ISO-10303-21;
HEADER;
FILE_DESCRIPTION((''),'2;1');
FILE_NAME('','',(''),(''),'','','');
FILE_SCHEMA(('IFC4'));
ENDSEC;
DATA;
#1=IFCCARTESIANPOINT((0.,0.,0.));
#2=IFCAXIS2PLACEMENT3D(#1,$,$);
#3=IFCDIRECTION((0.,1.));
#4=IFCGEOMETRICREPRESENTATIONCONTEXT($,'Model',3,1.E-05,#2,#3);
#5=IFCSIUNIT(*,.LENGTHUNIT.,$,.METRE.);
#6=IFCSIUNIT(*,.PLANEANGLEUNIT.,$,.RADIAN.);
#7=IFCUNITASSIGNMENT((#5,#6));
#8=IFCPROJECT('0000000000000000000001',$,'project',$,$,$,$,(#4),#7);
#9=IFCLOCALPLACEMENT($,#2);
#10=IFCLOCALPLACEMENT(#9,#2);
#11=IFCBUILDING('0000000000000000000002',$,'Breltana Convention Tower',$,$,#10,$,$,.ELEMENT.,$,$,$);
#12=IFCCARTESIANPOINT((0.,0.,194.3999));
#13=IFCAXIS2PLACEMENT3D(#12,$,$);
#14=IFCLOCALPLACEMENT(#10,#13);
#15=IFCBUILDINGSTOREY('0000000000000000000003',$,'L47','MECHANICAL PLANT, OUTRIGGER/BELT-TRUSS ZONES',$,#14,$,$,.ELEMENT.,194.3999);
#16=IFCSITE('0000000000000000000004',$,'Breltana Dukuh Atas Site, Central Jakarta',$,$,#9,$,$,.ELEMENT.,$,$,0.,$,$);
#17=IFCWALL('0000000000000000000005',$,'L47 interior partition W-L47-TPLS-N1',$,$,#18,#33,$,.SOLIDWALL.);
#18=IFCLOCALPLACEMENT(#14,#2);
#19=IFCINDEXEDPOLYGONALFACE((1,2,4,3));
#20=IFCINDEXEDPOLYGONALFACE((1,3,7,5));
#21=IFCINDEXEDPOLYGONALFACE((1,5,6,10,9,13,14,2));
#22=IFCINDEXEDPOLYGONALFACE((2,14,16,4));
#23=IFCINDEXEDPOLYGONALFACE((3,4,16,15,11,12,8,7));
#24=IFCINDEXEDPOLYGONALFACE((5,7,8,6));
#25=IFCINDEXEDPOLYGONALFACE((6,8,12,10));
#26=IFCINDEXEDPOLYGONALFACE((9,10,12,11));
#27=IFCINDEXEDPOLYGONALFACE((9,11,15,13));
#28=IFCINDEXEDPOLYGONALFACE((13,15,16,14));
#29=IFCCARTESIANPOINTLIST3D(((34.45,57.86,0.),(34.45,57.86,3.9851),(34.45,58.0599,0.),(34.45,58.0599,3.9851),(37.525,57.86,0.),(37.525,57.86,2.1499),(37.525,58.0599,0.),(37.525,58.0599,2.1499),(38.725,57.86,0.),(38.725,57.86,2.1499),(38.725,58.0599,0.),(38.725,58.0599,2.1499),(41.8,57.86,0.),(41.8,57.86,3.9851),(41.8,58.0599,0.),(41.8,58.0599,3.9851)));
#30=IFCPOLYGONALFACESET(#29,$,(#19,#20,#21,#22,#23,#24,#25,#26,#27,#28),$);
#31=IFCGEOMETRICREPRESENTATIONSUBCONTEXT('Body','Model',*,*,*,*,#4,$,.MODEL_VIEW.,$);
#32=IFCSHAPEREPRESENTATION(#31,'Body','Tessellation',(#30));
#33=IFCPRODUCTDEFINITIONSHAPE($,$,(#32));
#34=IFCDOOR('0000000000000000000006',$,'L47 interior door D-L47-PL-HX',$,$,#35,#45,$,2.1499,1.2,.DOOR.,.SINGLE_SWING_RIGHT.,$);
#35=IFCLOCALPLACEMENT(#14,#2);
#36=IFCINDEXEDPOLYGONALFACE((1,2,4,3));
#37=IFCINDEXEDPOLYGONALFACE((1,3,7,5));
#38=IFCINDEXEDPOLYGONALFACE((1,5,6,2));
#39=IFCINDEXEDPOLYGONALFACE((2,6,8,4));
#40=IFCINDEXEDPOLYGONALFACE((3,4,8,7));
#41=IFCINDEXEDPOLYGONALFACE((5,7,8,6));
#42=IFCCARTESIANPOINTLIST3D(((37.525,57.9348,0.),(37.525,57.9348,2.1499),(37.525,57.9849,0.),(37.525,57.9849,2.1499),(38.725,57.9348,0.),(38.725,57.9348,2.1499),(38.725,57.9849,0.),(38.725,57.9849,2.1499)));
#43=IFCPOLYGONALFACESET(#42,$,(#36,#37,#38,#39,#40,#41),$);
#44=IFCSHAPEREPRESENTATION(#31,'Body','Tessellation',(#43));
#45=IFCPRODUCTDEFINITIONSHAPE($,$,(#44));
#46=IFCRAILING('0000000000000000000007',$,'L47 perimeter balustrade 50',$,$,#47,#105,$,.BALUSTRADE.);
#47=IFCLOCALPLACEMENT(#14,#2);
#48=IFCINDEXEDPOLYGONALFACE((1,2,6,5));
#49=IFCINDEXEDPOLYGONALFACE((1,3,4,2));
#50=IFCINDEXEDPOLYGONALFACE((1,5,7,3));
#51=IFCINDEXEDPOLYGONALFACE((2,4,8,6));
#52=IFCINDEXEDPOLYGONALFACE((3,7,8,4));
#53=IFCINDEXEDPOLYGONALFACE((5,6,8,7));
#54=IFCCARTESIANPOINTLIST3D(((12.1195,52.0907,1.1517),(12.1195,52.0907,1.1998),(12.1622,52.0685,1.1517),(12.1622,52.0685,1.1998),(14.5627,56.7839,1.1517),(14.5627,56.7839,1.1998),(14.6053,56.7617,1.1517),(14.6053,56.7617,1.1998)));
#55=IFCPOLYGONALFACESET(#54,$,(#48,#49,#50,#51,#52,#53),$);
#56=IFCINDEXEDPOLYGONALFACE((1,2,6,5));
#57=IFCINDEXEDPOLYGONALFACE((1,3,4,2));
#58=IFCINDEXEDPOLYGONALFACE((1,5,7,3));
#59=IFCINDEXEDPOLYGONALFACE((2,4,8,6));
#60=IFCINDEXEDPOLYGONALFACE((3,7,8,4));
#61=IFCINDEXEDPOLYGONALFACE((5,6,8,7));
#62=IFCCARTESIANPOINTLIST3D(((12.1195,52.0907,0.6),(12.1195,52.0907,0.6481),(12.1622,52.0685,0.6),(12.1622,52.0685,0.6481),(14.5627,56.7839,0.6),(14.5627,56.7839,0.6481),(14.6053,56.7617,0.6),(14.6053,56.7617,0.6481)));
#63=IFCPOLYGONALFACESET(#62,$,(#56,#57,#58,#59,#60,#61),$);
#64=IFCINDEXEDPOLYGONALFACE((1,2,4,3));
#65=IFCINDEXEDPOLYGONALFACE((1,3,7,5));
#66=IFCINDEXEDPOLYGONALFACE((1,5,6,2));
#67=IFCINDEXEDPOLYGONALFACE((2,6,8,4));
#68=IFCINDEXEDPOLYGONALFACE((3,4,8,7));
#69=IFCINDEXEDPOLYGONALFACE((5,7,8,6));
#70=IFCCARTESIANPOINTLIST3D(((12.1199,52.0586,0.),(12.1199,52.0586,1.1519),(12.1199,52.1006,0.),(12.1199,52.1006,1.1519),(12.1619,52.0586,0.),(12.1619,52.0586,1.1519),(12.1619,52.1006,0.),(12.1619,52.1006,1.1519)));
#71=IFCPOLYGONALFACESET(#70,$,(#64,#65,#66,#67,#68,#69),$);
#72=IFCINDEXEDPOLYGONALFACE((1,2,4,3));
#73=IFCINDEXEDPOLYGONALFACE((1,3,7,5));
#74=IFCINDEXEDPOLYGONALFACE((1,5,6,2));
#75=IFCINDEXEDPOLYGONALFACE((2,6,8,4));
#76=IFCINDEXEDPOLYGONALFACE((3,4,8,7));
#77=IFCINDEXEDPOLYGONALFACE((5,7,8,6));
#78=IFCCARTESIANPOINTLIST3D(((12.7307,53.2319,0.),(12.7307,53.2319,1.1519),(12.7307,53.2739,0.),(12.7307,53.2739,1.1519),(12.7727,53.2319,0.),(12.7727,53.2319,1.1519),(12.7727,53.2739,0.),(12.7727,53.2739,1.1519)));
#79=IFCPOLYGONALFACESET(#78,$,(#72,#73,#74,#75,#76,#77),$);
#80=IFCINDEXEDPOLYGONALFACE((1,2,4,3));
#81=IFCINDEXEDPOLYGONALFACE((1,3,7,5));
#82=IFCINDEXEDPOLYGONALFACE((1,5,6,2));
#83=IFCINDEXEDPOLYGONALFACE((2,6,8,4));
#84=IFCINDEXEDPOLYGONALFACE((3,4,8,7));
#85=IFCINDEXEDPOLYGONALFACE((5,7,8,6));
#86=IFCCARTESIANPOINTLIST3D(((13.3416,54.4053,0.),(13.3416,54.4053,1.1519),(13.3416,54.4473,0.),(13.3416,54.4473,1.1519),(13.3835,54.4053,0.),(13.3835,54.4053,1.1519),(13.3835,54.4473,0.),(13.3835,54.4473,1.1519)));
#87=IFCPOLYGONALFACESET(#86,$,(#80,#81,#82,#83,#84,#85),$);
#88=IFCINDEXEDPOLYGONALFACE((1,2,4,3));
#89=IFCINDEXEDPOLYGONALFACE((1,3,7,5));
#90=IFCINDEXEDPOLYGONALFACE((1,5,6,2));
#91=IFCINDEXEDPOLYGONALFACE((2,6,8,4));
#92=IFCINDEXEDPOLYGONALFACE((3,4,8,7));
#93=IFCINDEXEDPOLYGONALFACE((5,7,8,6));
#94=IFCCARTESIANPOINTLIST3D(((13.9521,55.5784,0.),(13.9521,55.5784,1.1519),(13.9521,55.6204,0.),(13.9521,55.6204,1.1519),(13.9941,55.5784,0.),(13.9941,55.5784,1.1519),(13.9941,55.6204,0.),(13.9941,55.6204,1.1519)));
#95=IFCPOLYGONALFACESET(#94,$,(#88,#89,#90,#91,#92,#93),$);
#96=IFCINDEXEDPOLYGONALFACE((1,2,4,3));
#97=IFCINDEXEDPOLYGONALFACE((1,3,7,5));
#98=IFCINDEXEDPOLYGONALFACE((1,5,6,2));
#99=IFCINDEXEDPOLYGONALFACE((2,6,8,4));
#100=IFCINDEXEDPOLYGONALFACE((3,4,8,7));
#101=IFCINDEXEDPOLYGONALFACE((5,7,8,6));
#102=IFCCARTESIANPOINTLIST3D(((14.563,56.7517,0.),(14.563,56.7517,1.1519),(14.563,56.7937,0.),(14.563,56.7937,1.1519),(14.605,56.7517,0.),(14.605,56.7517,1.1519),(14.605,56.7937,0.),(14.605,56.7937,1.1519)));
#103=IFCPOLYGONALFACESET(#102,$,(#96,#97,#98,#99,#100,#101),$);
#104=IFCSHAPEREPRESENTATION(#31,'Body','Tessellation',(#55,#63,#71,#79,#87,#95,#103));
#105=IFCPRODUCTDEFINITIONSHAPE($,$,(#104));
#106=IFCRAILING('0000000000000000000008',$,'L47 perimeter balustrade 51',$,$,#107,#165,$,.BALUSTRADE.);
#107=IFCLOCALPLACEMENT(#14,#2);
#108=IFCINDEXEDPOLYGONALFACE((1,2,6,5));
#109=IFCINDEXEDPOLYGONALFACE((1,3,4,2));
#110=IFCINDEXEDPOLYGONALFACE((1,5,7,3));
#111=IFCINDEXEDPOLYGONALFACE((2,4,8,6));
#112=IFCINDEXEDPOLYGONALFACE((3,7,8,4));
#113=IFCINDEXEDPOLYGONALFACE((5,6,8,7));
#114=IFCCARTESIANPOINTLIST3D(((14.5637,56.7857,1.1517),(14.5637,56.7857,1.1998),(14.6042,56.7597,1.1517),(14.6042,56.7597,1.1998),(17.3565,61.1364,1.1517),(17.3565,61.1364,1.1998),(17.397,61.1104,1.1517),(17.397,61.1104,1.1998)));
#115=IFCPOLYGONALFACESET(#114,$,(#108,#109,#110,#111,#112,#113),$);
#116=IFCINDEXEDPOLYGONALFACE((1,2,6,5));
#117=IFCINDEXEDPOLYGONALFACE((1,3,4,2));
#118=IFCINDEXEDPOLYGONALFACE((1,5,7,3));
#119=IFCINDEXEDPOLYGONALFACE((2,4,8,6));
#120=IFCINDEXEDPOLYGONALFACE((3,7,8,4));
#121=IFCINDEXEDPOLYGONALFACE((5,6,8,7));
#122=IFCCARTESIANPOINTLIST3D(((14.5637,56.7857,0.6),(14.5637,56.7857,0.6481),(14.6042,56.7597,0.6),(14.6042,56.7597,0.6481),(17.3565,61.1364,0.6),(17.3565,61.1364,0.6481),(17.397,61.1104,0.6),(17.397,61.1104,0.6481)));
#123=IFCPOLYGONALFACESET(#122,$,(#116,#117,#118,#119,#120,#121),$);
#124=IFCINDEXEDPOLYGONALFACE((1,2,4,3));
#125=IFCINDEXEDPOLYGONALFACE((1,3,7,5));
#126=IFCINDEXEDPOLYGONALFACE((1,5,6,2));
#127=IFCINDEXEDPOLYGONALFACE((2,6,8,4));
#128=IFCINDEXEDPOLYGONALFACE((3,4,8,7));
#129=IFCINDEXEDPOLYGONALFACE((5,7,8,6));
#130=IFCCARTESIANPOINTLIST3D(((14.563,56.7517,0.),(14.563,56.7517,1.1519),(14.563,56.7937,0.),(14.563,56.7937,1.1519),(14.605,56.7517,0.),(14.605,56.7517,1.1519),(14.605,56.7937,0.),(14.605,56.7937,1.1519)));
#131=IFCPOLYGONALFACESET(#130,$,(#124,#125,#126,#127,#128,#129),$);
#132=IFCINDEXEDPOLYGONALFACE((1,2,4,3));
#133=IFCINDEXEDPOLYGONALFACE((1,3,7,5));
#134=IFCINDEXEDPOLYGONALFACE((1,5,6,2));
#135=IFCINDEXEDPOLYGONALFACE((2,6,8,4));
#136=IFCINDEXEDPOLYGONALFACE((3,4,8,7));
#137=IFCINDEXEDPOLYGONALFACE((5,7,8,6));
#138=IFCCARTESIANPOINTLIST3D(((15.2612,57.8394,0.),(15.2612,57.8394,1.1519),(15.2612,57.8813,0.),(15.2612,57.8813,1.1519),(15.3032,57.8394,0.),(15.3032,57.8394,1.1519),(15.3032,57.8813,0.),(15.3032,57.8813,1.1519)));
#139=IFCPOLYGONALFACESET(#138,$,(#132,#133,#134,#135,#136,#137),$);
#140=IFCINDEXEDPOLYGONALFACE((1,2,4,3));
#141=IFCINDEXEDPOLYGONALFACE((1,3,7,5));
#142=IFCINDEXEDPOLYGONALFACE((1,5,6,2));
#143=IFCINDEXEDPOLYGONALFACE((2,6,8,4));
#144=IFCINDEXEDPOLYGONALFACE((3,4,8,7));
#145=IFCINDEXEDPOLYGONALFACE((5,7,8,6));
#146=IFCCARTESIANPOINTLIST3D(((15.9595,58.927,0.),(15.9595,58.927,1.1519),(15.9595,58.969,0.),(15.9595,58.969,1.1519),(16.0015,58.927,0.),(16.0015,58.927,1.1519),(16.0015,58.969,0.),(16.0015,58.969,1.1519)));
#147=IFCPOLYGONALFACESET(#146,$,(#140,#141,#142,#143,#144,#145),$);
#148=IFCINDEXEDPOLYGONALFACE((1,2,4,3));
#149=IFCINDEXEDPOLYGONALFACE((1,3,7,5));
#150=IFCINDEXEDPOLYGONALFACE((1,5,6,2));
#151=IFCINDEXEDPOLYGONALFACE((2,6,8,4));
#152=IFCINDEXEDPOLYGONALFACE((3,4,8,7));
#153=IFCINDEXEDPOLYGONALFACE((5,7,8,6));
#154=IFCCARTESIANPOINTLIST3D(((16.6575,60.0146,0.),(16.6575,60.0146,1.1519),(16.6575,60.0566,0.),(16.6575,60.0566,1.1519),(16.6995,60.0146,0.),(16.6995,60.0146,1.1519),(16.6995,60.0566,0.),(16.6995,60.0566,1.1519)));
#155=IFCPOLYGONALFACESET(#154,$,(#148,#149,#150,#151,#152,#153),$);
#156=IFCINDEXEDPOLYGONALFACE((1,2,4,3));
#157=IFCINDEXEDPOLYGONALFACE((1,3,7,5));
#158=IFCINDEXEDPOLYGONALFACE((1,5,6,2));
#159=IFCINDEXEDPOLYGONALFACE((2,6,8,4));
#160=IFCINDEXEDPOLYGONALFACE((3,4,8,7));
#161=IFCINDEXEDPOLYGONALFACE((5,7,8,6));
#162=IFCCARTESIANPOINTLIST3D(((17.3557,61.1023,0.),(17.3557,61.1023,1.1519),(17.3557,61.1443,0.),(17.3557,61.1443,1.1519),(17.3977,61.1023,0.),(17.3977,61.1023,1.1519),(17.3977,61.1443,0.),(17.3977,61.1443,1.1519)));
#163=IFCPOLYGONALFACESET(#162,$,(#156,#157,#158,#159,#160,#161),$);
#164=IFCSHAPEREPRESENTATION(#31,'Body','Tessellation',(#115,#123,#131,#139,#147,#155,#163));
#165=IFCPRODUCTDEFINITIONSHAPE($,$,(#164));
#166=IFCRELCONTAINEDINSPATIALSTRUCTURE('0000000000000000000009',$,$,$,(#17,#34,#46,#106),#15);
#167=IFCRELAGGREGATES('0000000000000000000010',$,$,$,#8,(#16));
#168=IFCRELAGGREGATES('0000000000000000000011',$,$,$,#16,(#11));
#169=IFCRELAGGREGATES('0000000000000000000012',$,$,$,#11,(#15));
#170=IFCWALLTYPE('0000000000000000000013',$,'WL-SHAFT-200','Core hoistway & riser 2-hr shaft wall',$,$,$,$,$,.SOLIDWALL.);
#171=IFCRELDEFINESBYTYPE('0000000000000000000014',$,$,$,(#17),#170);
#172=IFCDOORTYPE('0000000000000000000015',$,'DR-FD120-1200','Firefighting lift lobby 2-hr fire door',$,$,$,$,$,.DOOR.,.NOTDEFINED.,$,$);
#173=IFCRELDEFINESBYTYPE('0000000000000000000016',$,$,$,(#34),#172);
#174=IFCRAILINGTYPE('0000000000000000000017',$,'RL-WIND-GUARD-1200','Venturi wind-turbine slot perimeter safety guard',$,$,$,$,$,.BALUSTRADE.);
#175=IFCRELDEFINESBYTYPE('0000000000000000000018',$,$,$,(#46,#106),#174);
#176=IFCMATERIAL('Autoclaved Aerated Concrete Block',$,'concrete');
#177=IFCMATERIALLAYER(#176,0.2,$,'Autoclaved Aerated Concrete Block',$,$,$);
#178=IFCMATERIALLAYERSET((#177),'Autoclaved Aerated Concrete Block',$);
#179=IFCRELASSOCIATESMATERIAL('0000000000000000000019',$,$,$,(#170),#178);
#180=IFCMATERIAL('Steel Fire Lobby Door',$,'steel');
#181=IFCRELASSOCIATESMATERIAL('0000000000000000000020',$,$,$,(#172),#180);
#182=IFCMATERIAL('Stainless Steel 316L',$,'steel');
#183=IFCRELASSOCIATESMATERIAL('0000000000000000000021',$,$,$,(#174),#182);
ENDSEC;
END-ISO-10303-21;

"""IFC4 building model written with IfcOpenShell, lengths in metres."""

from ifc_helpers import new_model, si_unit, direction, frame, frame_2d, origin, origin_2d, place, context, subcontext, project, spatial, rectangle, extrude, source, transform, mapped, material, layer, layer_set, type_object, type_shapes, element, fill, save


model = new_model("IFC4")

# Units and contexts
model_context = context("Model", 3, precision=1e-05, world=origin(), true_north=direction((0.0, 1.0)))
body_context = subcontext(model_context, "Body", "Model", "MODEL_VIEW")
ifc_project = project(units=[si_unit("LENGTHUNIT", "METRE"), si_unit("PLANEANGLEUNIT", "RADIAN")], contexts=[model_context])

# Site, building, storey
site_placement = place(None, origin())
site = spatial("IfcSite", under=ifc_project, at=site_placement, Name="Breltana Dukuh Atas Site, Central Jakarta", CompositionType="ELEMENT", RefElevation=0.0)
building_placement = place(site_placement, origin())
building = spatial("IfcBuilding", under=site, at=building_placement, Name="Breltana Convention Tower", CompositionType="ELEMENT")
storey_placement = place(building_placement, frame((0.0, 0.0, 194.3999)))
storey = spatial("IfcBuildingStorey", under=building, at=storey_placement, Name="L47", Description="MECHANICAL PLANT, OUTRIGGER/BELT-TRUSS ZONES", CompositionType="ELEMENT", Elevation=194.3999)

# Wall, opening, door
ifc_material_1 = material(Name="Autoclaved Aerated Concrete Block", Category="concrete")
ifc_layer_1 = layer(ifc_material_1, 0.2, Name="Autoclaved Aerated Concrete Block")
ifc_layer_set_1 = layer_set([ifc_layer_1], Name="Autoclaved Aerated Concrete Block")
wall_type_1 = type_object("IfcWallType", Name="WL-SHAFT-200", Description="Core hoistway & riser 2-hr shaft wall", PredefinedType="SOLIDWALL", material=ifc_layer_set_1)
shared_shape_1 = source(origin(), body_context, "Body", "SweptSolid", [
    extrude(rectangle(XDim=7.3501, YDim=0.2, at=frame_2d((3.675, 0.0))), origin(), (0.0, 0.0, 1.0), 3.9851),
])
wall_1_placement = place(storey_placement, frame((34.45, 57.96, 0.0), z_axis=(0.0, 0.0, 1.0), x_axis=(1.0, 0.0, 0.0)))
wall_1 = element("IfcWall", 1, at=wall_1_placement, inside=storey, type_object=wall_type_1, Name="L47 interior partition W-L47-TPLS-N1", PredefinedType="SOLIDWALL", context=body_context, shape_type="MappedRepresentation", body=[
    mapped(shared_shape_1, transform((0.0, 0.0, 0.0), scale=1.0)),
])
opening_1_placement = place(wall_1_placement, frame((3.075, 0.0, 0.0)))
opening_1 = element("IfcOpeningElement", 2, at=opening_1_placement, cuts=wall_1, PredefinedType="OPENING", context=body_context, shape_type="SweptSolid", body=[
    extrude(rectangle(XDim=1.2, YDim=2.1499, at=frame_2d((0.6001, 1.075))), frame((0.0, 0.1099, 0.0), z_axis=(0.0, -1.0, 0.0), x_axis=(1.0, 0.0, 0.0)), (0.0, 0.0, 1.0), 0.22),
])
ifc_material_2 = material(Name="Steel Fire Lobby Door", Category="steel")
door_type = type_object("IfcDoorType", Name="DR-FD120-1200", Description="Firefighting lift lobby 2-hr fire door", OperationType="NOTDEFINED", PredefinedType="DOOR", material=ifc_material_2)
shared_shape_2 = source(origin(), body_context, "Body", "SweptSolid", [
    extrude(rectangle(XDim=1.2, YDim=2.1499, at=frame_2d((0.6001, 1.075))), frame((0.0, 0.0249, 0.0), z_axis=(0.0, -1.0, 0.0), x_axis=(1.0, 0.0, 0.0)), (0.0, 0.0, 1.0), 0.05),
])
type_shapes(door_type, [shared_shape_2])
door_1_placement = place(opening_1_placement, origin())
door_1 = element("IfcDoor", 3, at=door_1_placement, inside=storey, type_object=door_type, Name="L47 interior door D-L47-PL-HX", OperationType="SINGLE_SWING_RIGHT", OverallHeight=2.1499, OverallWidth=1.2, PredefinedType="DOOR", context=body_context, shape_type="MappedRepresentation", body=[
    mapped(shared_shape_2, transform((0.0, 0.0, 0.0), scale=1.0)),
])
fill(opening_1, door_1)

# Railings
ifc_material_3 = material(Name="Stainless Steel 316L", Category="steel")
railing_type = type_object("IfcRailingType", Name="RL-WIND-GUARD-1200", Description="Venturi wind-turbine slot perimeter safety guard", PredefinedType="BALUSTRADE", material=ifc_material_3)
railing_1_placement = place(storey_placement, frame((12.1409, 52.0796, 0.0)))
element("IfcRailing", 4, at=railing_1_placement, inside=storey, type_object=railing_type, Name="L47 perimeter balustrade 50", PredefinedType="BALUSTRADE", context=body_context, shape_type="SweptSolid", body=[
    extrude(rectangle(XDim=0.0481, YDim=0.0481, at=origin_2d()), frame((0.0, 0.0, 1.1758), z_axis=(0.461754, 0.887008, 0.0), x_axis=(-0.887008, 0.461754, 0.0)), (0.0, 0.0, 1.0), 5.291),
    extrude(rectangle(XDim=0.0481, YDim=0.0481, at=origin_2d()), frame((0.0, 0.0, 0.624), z_axis=(0.461754, 0.887008, 0.0), x_axis=(-0.887008, 0.461754, 0.0)), (0.0, 0.0, 1.0), 5.291),
    extrude(rectangle(XDim=0.042, YDim=0.042, at=origin_2d()), origin(), (0.0, 0.0, 1.0), 1.1519),
    extrude(rectangle(XDim=0.042, YDim=0.042, at=origin_2d()), frame((0.6108, 1.1733, 0.0)), (0.0, 0.0, 1.0), 1.1519),
    extrude(rectangle(XDim=0.042, YDim=0.042, at=origin_2d()), frame((1.2217, 2.3467, 0.0)), (0.0, 0.0, 1.0), 1.1519),
    extrude(rectangle(XDim=0.042, YDim=0.042, at=origin_2d()), frame((1.8323, 3.5198, 0.0)), (0.0, 0.0, 1.0), 1.1519),
    extrude(rectangle(XDim=0.042, YDim=0.042, at=origin_2d()), frame((2.4431, 4.6931, 0.0)), (0.0, 0.0, 1.0), 1.1519),
])
railing_2_placement = place(storey_placement, frame((14.584, 56.7727, 0.0)))
element("IfcRailing", 5, at=railing_2_placement, inside=storey, type_object=railing_type, Name="L47 perimeter balustrade 51", PredefinedType="BALUSTRADE", context=body_context, shape_type="SweptSolid", body=[
    extrude(rectangle(XDim=0.0481, YDim=0.0481, at=origin_2d()), frame((0.0, 0.0, 1.1758), z_axis=(0.540199, 0.841537, 0.0), x_axis=(-0.841537, 0.540199, 0.0)), (0.0, 0.0, 1.0), 5.1699),
    extrude(rectangle(XDim=0.0481, YDim=0.0481, at=origin_2d()), frame((0.0, 0.0, 0.624), z_axis=(0.540199, 0.841537, 0.0), x_axis=(-0.841537, 0.540199, 0.0)), (0.0, 0.0, 1.0), 5.1699),
    extrude(rectangle(XDim=0.042, YDim=0.042, at=origin_2d()), origin(), (0.0, 0.0, 1.0), 1.1519),
    extrude(rectangle(XDim=0.042, YDim=0.042, at=origin_2d()), frame((0.6982, 1.0876, 0.0)), (0.0, 0.0, 1.0), 1.1519),
    extrude(rectangle(XDim=0.042, YDim=0.042, at=origin_2d()), frame((1.3965, 2.1753, 0.0)), (0.0, 0.0, 1.0), 1.1519),
    extrude(rectangle(XDim=0.042, YDim=0.042, at=origin_2d()), frame((2.0945, 3.2629, 0.0)), (0.0, 0.0, 1.0), 1.1519),
    extrude(rectangle(XDim=0.042, YDim=0.042, at=origin_2d()), frame((2.7927, 4.3506, 0.0)), (0.0, 0.0, 1.0), 1.1519),
])

save(model, "model.ifc")
